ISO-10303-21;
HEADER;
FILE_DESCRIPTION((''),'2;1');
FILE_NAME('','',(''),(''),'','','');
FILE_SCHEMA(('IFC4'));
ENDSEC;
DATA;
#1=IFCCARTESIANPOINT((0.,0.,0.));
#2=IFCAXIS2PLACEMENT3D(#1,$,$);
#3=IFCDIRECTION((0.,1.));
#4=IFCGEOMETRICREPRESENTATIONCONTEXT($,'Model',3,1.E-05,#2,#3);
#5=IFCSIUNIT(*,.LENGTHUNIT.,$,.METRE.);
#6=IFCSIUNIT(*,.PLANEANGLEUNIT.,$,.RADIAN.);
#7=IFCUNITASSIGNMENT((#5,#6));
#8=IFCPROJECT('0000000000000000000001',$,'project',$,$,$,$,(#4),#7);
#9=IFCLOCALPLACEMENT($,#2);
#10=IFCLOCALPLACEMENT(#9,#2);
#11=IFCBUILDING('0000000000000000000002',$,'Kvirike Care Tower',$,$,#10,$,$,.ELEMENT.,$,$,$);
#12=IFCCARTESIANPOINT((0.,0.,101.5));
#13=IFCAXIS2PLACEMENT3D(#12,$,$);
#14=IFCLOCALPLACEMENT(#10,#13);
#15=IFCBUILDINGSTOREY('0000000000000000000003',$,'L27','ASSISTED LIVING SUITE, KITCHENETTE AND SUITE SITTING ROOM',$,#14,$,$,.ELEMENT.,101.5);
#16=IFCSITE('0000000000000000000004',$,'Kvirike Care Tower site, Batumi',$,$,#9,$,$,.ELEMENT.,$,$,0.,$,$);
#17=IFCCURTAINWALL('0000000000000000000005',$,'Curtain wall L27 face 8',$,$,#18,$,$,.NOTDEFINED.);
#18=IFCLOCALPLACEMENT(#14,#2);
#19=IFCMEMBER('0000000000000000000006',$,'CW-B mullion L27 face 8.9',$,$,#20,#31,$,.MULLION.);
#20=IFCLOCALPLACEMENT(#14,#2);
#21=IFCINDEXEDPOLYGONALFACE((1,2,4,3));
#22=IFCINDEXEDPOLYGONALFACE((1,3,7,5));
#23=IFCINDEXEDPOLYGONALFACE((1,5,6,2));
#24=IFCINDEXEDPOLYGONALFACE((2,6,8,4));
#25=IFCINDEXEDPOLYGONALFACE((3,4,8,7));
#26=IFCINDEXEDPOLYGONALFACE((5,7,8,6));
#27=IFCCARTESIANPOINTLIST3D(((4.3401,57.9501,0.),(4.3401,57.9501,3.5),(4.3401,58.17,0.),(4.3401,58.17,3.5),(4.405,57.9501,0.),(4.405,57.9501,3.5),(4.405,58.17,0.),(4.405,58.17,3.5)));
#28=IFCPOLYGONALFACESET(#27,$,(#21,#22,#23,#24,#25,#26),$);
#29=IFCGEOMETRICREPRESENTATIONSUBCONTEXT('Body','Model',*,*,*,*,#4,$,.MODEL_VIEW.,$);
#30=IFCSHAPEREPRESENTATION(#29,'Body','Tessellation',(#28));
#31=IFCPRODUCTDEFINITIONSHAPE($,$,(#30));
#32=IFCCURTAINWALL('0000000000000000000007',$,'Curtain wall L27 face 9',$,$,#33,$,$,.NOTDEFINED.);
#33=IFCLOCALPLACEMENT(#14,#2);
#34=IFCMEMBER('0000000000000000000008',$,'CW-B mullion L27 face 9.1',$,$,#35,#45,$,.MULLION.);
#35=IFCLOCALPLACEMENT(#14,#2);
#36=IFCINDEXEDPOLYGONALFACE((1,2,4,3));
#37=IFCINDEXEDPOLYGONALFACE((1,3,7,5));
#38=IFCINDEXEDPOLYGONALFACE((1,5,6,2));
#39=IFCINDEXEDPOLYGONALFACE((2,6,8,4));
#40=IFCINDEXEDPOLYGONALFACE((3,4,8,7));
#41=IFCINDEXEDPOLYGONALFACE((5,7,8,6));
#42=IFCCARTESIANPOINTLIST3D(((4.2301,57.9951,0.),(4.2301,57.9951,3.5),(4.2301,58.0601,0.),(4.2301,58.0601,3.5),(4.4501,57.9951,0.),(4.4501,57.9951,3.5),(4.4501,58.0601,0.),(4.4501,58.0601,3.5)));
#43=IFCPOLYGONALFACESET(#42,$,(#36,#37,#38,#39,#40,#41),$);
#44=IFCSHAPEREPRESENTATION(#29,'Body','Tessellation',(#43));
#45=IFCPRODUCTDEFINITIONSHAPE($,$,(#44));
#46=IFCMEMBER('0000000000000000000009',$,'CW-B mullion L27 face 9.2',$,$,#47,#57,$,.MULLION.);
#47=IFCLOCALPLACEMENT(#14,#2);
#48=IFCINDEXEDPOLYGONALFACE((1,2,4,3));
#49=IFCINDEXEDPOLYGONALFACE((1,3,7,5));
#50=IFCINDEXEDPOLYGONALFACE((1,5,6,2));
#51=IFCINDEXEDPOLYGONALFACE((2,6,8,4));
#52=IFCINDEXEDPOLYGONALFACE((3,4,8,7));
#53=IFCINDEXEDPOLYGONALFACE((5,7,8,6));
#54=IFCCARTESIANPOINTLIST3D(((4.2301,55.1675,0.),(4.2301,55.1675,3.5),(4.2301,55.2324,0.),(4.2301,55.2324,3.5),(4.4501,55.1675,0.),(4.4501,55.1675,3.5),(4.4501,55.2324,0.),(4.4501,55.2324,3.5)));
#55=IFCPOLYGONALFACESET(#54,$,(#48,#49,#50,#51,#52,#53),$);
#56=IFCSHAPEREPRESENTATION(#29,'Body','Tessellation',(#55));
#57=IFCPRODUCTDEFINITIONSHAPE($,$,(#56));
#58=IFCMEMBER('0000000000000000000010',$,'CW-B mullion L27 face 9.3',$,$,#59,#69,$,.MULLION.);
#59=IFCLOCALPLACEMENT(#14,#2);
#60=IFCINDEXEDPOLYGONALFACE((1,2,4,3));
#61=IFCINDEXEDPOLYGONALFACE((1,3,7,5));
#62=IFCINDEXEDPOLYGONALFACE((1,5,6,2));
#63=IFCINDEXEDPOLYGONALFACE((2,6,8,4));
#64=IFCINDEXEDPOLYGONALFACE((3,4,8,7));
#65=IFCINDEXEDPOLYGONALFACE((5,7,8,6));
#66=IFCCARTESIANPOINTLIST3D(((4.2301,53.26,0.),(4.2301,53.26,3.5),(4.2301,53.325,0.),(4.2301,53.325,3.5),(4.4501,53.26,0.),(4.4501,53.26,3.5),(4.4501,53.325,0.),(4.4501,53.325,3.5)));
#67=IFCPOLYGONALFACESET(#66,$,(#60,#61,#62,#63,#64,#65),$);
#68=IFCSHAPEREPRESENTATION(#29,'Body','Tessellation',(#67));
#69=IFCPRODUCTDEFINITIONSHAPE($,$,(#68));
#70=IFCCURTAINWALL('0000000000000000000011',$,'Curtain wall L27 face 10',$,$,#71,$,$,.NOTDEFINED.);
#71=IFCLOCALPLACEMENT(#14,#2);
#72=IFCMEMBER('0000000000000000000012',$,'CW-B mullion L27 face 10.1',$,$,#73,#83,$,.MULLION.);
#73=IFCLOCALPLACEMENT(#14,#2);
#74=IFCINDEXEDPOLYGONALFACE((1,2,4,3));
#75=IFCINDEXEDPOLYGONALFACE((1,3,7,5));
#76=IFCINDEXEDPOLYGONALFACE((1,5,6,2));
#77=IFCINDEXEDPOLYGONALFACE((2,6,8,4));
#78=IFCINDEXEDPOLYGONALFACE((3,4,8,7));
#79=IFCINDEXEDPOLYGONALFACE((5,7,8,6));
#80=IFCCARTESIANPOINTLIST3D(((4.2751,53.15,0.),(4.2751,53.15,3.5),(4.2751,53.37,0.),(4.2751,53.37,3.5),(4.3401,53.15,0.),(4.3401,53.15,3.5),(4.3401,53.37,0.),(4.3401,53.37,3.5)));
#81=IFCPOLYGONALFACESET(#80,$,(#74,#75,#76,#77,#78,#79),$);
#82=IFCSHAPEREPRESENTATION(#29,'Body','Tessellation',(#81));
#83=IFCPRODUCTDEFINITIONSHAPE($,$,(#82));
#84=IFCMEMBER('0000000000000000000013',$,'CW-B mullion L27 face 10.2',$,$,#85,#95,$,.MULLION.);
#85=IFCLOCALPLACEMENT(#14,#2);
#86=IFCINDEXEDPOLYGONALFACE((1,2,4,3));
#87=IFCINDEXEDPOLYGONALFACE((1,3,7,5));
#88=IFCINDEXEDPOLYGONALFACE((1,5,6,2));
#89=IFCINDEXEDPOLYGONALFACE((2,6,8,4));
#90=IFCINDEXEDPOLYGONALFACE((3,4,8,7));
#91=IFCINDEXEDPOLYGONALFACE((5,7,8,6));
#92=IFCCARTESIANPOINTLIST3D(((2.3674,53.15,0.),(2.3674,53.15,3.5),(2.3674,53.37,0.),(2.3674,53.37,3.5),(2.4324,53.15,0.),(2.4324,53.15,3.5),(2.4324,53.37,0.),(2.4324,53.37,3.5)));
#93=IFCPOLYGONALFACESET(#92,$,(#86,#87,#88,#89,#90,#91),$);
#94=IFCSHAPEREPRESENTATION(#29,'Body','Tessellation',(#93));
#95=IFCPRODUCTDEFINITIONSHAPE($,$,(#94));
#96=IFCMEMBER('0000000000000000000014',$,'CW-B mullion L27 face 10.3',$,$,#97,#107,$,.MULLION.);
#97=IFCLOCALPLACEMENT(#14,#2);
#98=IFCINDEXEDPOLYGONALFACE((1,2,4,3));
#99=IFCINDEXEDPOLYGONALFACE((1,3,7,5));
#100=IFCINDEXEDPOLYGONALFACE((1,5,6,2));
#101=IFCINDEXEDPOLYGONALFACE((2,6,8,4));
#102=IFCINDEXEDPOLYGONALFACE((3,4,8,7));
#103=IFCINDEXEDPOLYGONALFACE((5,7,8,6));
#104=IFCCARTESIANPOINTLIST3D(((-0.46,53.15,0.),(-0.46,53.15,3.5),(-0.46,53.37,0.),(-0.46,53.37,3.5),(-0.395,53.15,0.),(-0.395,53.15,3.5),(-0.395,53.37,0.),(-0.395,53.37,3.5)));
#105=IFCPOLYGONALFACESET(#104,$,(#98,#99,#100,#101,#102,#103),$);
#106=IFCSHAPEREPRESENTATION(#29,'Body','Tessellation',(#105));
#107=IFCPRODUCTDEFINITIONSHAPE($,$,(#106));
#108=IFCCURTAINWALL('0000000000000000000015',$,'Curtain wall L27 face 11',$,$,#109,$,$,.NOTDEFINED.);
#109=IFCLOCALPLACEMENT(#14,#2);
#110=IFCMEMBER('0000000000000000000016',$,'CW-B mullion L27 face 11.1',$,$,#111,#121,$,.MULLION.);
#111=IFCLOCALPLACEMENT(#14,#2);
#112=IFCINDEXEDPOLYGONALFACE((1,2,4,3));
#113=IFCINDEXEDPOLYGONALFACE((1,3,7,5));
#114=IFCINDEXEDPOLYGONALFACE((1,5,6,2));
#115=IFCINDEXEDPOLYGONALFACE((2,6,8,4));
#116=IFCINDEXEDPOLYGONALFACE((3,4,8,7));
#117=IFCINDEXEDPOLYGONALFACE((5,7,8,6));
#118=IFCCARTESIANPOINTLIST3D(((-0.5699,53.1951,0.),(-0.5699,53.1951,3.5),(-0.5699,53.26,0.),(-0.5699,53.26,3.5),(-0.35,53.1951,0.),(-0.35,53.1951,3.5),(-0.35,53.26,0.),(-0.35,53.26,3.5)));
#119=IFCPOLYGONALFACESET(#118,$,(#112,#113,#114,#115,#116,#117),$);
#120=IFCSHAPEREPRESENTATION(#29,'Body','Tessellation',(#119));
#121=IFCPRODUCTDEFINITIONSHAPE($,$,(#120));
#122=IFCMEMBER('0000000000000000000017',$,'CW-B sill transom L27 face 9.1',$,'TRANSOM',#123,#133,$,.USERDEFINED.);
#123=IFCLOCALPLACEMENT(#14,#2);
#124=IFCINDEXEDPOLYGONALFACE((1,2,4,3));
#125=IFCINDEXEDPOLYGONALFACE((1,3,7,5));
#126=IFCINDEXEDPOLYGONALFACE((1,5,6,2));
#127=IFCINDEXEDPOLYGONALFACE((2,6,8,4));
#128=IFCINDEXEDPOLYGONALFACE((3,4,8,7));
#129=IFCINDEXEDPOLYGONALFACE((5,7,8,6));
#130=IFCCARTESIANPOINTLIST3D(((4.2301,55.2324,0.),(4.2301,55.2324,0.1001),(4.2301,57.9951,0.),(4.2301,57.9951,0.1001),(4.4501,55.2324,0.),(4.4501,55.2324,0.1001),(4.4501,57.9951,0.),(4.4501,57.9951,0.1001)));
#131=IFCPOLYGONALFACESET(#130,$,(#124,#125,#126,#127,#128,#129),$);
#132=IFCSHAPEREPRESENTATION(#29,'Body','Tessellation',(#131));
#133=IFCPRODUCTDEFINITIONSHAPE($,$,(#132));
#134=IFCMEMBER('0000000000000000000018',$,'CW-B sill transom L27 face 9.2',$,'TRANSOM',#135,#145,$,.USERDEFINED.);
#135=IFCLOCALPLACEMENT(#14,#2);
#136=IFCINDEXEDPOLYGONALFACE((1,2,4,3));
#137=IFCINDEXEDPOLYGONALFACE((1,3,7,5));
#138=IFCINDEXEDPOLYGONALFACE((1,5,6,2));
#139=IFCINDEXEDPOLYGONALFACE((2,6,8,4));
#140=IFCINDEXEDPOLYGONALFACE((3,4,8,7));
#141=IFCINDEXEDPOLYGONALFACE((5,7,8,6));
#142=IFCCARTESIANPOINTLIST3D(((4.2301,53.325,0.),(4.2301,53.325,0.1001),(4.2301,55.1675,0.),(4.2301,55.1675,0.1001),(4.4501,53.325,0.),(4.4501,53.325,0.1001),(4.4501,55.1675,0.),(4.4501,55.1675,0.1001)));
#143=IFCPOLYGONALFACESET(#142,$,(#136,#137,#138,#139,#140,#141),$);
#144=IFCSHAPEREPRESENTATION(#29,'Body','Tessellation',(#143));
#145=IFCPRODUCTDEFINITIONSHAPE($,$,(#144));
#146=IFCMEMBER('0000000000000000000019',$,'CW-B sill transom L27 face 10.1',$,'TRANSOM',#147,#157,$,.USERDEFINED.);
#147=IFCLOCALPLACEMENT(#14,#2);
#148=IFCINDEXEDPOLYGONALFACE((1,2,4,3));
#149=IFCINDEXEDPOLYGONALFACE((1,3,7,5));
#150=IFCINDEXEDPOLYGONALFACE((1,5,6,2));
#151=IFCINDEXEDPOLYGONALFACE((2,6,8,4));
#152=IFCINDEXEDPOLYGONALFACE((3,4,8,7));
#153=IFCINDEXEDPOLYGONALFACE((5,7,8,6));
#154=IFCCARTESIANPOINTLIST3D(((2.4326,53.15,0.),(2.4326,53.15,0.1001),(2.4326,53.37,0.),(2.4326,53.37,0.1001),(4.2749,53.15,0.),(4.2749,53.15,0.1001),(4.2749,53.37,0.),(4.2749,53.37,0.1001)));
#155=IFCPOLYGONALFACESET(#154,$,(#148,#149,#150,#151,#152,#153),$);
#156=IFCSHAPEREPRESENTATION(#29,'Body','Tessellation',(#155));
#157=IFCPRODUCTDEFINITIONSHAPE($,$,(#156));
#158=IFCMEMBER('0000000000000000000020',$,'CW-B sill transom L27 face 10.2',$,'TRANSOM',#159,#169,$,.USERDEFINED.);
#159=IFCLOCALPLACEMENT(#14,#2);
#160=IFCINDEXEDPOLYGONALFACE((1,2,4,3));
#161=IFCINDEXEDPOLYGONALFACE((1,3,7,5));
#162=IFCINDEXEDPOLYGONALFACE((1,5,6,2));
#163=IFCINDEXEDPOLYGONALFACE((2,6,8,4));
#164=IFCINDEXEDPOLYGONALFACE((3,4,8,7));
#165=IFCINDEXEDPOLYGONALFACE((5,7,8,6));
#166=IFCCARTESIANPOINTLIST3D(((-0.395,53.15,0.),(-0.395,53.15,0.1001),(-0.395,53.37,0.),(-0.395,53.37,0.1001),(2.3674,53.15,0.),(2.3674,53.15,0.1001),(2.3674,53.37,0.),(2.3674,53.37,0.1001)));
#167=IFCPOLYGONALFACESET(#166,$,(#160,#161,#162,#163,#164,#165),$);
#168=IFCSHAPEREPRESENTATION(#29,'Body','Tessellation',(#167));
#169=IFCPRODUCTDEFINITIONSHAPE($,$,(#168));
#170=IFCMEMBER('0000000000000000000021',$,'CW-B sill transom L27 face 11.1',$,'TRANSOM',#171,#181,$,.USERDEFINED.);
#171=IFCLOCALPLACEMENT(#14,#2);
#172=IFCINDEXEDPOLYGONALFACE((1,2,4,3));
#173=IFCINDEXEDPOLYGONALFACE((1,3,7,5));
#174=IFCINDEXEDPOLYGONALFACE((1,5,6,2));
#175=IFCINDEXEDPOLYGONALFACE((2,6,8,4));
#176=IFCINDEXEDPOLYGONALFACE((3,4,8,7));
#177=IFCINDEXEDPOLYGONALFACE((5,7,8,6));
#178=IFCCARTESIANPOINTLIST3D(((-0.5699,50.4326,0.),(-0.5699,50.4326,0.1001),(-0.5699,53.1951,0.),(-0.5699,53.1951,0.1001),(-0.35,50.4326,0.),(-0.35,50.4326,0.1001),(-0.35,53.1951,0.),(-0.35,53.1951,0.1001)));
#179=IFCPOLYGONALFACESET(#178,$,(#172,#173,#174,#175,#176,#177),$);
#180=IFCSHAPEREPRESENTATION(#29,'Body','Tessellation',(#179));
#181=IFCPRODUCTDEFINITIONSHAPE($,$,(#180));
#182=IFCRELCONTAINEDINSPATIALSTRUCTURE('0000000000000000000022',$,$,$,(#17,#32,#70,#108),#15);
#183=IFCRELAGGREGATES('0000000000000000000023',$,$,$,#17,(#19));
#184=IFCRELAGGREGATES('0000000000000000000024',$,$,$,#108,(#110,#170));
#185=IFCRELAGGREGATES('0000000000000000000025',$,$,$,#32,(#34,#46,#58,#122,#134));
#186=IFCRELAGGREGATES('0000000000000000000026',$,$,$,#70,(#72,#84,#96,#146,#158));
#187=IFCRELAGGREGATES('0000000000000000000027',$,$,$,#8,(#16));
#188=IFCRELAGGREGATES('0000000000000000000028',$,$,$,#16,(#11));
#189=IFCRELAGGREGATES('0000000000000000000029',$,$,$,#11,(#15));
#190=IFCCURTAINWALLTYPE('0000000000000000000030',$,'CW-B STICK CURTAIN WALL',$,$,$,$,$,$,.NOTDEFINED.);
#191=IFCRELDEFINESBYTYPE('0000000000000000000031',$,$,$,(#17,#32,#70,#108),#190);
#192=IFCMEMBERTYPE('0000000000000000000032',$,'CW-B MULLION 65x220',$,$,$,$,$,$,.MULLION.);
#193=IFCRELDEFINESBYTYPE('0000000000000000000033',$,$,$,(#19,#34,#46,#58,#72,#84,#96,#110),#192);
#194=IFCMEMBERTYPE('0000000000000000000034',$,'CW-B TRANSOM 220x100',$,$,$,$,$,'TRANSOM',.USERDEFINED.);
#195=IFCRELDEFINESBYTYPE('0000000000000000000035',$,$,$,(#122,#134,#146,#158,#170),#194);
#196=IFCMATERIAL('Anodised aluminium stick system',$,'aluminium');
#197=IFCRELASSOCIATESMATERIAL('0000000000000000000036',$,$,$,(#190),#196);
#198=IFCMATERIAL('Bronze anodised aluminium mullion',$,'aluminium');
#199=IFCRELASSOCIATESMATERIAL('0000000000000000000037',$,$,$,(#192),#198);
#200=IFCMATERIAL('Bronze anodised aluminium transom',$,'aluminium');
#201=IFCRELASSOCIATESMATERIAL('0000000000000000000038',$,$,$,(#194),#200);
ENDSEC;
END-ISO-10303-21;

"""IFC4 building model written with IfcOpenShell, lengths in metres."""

from ifc_helpers import new_model, si_unit, direction, frame, origin, origin_2d, place, context, subcontext, project, spatial, rectangle, extrude, material, material_profile, profile_set, type_object, element, aggregate, save


model = new_model("IFC4")

# Units and contexts
model_context = context("Model", 3, precision=1e-05, world=origin(), true_north=direction((0.0, 1.0)))
body_context = subcontext(model_context, "Body", "Model", "MODEL_VIEW")
ifc_project = project(units=[si_unit("LENGTHUNIT", "METRE"), si_unit("PLANEANGLEUNIT", "RADIAN")], contexts=[model_context])

# Site, building, storey
site_placement = place(None, origin())
site = spatial("IfcSite", under=ifc_project, at=site_placement, Name="Kvirike Care Tower site, Batumi", CompositionType="ELEMENT", RefElevation=0.0)
building_placement = place(site_placement, origin())
building = spatial("IfcBuilding", under=site, at=building_placement, Name="Kvirike Care Tower", CompositionType="ELEMENT")
storey_placement = place(building_placement, frame((0.0, 0.0, 101.5)))
storey = spatial("IfcBuildingStorey", under=building, at=storey_placement, Name="L27", Description="ASSISTED LIVING SUITE, KITCHENETTE AND SUITE SITTING ROOM", CompositionType="ELEMENT", Elevation=101.5)

# Curtain wall, member
ifc_material_1 = material(Name="Anodised aluminium stick system", Category="aluminium")
curtain_wall_type = type_object("IfcCurtainWallType", Name="CW-B STICK CURTAIN WALL", PredefinedType="NOTDEFINED", material=ifc_material_1)
curtain_wall_1_placement = place(storey_placement, origin())
curtain_wall_1 = element("IfcCurtainWall", 1, at=curtain_wall_1_placement, inside=storey, type_object=curtain_wall_type, Name="Curtain wall L27 face 8", PredefinedType="NOTDEFINED")
ifc_material_2 = material(Name="Bronze anodised aluminium mullion", Category="aluminium")
ifc_material_profile_1 = material_profile(ifc_material_2, rectangle(XDim=0.0649, YDim=0.22, at=origin_2d()), Name="CW-B MULLION 65x220")
ifc_profile_set_1 = profile_set([ifc_material_profile_1], Name="Bronze anodised aluminium mullion")
member_type_1 = type_object("IfcMemberType", Name="CW-B MULLION 65x220", PredefinedType="MULLION", material=ifc_profile_set_1)
member_1_placement = place(storey_placement, frame((4.3726, 58.0601, 0.0), z_axis=(0.0, 0.0, 1.0), x_axis=(-1.0, 0.0, 0.0)))
member_1 = element("IfcMember", 2, at=member_1_placement, type_object=member_type_1, Name="CW-B mullion L27 face 8.9", PredefinedType="MULLION", context=body_context, shape_type="SweptSolid", body=[
    extrude(rectangle(XDim=0.0649, YDim=0.22, at=origin_2d()), origin(), (0.0, 0.0, 1.0), 3.5),
])
aggregate(curtain_wall_1, [member_1])

# Curtain walls, members
curtain_wall_2_placement = place(storey_placement, origin())
curtain_wall_2 = element("IfcCurtainWall", 3, at=curtain_wall_2_placement, inside=storey, type_object=curtain_wall_type, Name="Curtain wall L27 face 9", PredefinedType="NOTDEFINED")
member_2_placement = place(storey_placement, frame((4.3401, 58.0276, 0.0), z_axis=(0.0, 0.0, 1.0), x_axis=(0.0, -1.0, 0.0)))
member_2 = element("IfcMember", 4, at=member_2_placement, type_object=member_type_1, Name="CW-B mullion L27 face 9.1", PredefinedType="MULLION", context=body_context, shape_type="SweptSolid", body=[
    extrude(rectangle(XDim=0.0649, YDim=0.22, at=origin_2d()), origin(), (0.0, 0.0, 1.0), 3.5),
])
member_3_placement = place(storey_placement, frame((4.3401, 55.2, 0.0), z_axis=(0.0, 0.0, 1.0), x_axis=(0.0, -1.0, 0.0)))
member_3 = element("IfcMember", 5, at=member_3_placement, type_object=member_type_1, Name="CW-B mullion L27 face 9.2", PredefinedType="MULLION", context=body_context, shape_type="SweptSolid", body=[
    extrude(rectangle(XDim=0.0649, YDim=0.22, at=origin_2d()), origin(), (0.0, 0.0, 1.0), 3.5),
])
member_4_placement = place(storey_placement, frame((4.3401, 53.2925, 0.0), z_axis=(0.0, 0.0, 1.0), x_axis=(0.0, -1.0, 0.0)))
member_4 = element("IfcMember", 6, at=member_4_placement, type_object=member_type_1, Name="CW-B mullion L27 face 9.3", PredefinedType="MULLION", context=body_context, shape_type="SweptSolid", body=[
    extrude(rectangle(XDim=0.0649, YDim=0.22, at=origin_2d()), origin(), (0.0, 0.0, 1.0), 3.5),
])
curtain_wall_3_placement = place(storey_placement, origin())
curtain_wall_3 = element("IfcCurtainWall", 7, at=curtain_wall_3_placement, inside=storey, type_object=curtain_wall_type, Name="Curtain wall L27 face 10", PredefinedType="NOTDEFINED")
member_5_placement = place(storey_placement, frame((4.3076, 53.26, 0.0), z_axis=(0.0, 0.0, 1.0), x_axis=(-1.0, 0.0, 0.0)))
member_5 = element("IfcMember", 8, at=member_5_placement, type_object=member_type_1, Name="CW-B mullion L27 face 10.1", PredefinedType="MULLION", context=body_context, shape_type="SweptSolid", body=[
    extrude(rectangle(XDim=0.0649, YDim=0.22, at=origin_2d()), origin(), (0.0, 0.0, 1.0), 3.5),
])
member_6_placement = place(storey_placement, frame((2.3999, 53.26, 0.0), z_axis=(0.0, 0.0, 1.0), x_axis=(-1.0, 0.0, 0.0)))
member_6 = element("IfcMember", 9, at=member_6_placement, type_object=member_type_1, Name="CW-B mullion L27 face 10.2", PredefinedType="MULLION", context=body_context, shape_type="SweptSolid", body=[
    extrude(rectangle(XDim=0.0649, YDim=0.22, at=origin_2d()), origin(), (0.0, 0.0, 1.0), 3.5),
])
member_7_placement = place(storey_placement, frame((-0.4275, 53.26, 0.0), z_axis=(0.0, 0.0, 1.0), x_axis=(-1.0, 0.0, 0.0)))
member_7 = element("IfcMember", 10, at=member_7_placement, type_object=member_type_1, Name="CW-B mullion L27 face 10.3", PredefinedType="MULLION", context=body_context, shape_type="SweptSolid", body=[
    extrude(rectangle(XDim=0.0649, YDim=0.22, at=origin_2d()), origin(), (0.0, 0.0, 1.0), 3.5),
])

# Curtain wall, member
curtain_wall_4_placement = place(storey_placement, origin())
curtain_wall_4 = element("IfcCurtainWall", 11, at=curtain_wall_4_placement, inside=storey, type_object=curtain_wall_type, Name="Curtain wall L27 face 11", PredefinedType="NOTDEFINED")
member_8_placement = place(storey_placement, frame((-0.46, 53.2275, 0.0), z_axis=(0.0, 0.0, 1.0), x_axis=(0.0, -1.0, 0.0)))
member_8 = element("IfcMember", 12, at=member_8_placement, type_object=member_type_1, Name="CW-B mullion L27 face 11.1", PredefinedType="MULLION", context=body_context, shape_type="SweptSolid", body=[
    extrude(rectangle(XDim=0.0649, YDim=0.22, at=origin_2d()), origin(), (0.0, 0.0, 1.0), 3.5),
])

# Members
ifc_material_3 = material(Name="Bronze anodised aluminium transom", Category="aluminium")
ifc_material_profile_2 = material_profile(ifc_material_3, rectangle(XDim=0.22, YDim=0.1001, at=origin_2d()), Name="CW-B TRANSOM 220x100")
ifc_profile_set_2 = profile_set([ifc_material_profile_2], Name="Bronze anodised aluminium transom")
member_type_2 = type_object("IfcMemberType", Name="CW-B TRANSOM 220x100", ElementType="TRANSOM", PredefinedType="USERDEFINED", material=ifc_profile_set_2)
member_9_placement = place(storey_placement, frame((4.3401, 57.9951, 0.05), z_axis=(0.0, -1.0, 0.0), x_axis=(1.0, 0.0, 0.0)))
member_9 = element("IfcMember", 13, at=member_9_placement, type_object=member_type_2, Name="CW-B sill transom L27 face 9.1", ObjectType="TRANSOM", PredefinedType="USERDEFINED", context=body_context, shape_type="SweptSolid", body=[
    extrude(rectangle(XDim=0.22, YDim=0.1001, at=origin_2d()), origin(), (0.0, 0.0, 1.0), 2.7627),
])
member_10_placement = place(storey_placement, frame((4.3401, 55.1675, 0.05), z_axis=(0.0, -1.0, 0.0), x_axis=(1.0, 0.0, 0.0)))
member_10 = element("IfcMember", 14, at=member_10_placement, type_object=member_type_2, Name="CW-B sill transom L27 face 9.2", ObjectType="TRANSOM", PredefinedType="USERDEFINED", context=body_context, shape_type="SweptSolid", body=[
    extrude(rectangle(XDim=0.22, YDim=0.1001, at=origin_2d()), origin(), (0.0, 0.0, 1.0), 1.8425),
])
member_11_placement = place(storey_placement, frame((4.2749, 53.26, 0.05), z_axis=(-1.0, 0.0, 0.0), x_axis=(0.0, -1.0, 0.0)))
member_11 = element("IfcMember", 15, at=member_11_placement, type_object=member_type_2, Name="CW-B sill transom L27 face 10.1", ObjectType="TRANSOM", PredefinedType="USERDEFINED", context=body_context, shape_type="SweptSolid", body=[
    extrude(rectangle(XDim=0.22, YDim=0.1001, at=origin_2d()), origin(), (0.0, 0.0, 1.0), 1.8423),
])
member_12_placement = place(storey_placement, frame((2.3674, 53.26, 0.05), z_axis=(-1.0, 0.0, 0.0), x_axis=(0.0, -1.0, 0.0)))
member_12 = element("IfcMember", 16, at=member_12_placement, type_object=member_type_2, Name="CW-B sill transom L27 face 10.2", ObjectType="TRANSOM", PredefinedType="USERDEFINED", context=body_context, shape_type="SweptSolid", body=[
    extrude(rectangle(XDim=0.22, YDim=0.1001, at=origin_2d()), origin(), (0.0, 0.0, 1.0), 2.7625),
])
member_13_placement = place(storey_placement, frame((-0.46, 53.1951, 0.05), z_axis=(0.0, -1.0, 0.0), x_axis=(1.0, 0.0, 0.0)))
member_13 = element("IfcMember", 17, at=member_13_placement, type_object=member_type_2, Name="CW-B sill transom L27 face 11.1", ObjectType="TRANSOM", PredefinedType="USERDEFINED", context=body_context, shape_type="SweptSolid", body=[
    extrude(rectangle(XDim=0.22, YDim=0.1001, at=origin_2d()), origin(), (0.0, 0.0, 1.0), 2.7625),
])
aggregate(curtain_wall_4, [member_8, member_13])

aggregate(curtain_wall_2, [member_2, member_3, member_4, member_9, member_10])
aggregate(curtain_wall_3, [member_5, member_6, member_7, member_11, member_12])

save(model, "model.ifc")
